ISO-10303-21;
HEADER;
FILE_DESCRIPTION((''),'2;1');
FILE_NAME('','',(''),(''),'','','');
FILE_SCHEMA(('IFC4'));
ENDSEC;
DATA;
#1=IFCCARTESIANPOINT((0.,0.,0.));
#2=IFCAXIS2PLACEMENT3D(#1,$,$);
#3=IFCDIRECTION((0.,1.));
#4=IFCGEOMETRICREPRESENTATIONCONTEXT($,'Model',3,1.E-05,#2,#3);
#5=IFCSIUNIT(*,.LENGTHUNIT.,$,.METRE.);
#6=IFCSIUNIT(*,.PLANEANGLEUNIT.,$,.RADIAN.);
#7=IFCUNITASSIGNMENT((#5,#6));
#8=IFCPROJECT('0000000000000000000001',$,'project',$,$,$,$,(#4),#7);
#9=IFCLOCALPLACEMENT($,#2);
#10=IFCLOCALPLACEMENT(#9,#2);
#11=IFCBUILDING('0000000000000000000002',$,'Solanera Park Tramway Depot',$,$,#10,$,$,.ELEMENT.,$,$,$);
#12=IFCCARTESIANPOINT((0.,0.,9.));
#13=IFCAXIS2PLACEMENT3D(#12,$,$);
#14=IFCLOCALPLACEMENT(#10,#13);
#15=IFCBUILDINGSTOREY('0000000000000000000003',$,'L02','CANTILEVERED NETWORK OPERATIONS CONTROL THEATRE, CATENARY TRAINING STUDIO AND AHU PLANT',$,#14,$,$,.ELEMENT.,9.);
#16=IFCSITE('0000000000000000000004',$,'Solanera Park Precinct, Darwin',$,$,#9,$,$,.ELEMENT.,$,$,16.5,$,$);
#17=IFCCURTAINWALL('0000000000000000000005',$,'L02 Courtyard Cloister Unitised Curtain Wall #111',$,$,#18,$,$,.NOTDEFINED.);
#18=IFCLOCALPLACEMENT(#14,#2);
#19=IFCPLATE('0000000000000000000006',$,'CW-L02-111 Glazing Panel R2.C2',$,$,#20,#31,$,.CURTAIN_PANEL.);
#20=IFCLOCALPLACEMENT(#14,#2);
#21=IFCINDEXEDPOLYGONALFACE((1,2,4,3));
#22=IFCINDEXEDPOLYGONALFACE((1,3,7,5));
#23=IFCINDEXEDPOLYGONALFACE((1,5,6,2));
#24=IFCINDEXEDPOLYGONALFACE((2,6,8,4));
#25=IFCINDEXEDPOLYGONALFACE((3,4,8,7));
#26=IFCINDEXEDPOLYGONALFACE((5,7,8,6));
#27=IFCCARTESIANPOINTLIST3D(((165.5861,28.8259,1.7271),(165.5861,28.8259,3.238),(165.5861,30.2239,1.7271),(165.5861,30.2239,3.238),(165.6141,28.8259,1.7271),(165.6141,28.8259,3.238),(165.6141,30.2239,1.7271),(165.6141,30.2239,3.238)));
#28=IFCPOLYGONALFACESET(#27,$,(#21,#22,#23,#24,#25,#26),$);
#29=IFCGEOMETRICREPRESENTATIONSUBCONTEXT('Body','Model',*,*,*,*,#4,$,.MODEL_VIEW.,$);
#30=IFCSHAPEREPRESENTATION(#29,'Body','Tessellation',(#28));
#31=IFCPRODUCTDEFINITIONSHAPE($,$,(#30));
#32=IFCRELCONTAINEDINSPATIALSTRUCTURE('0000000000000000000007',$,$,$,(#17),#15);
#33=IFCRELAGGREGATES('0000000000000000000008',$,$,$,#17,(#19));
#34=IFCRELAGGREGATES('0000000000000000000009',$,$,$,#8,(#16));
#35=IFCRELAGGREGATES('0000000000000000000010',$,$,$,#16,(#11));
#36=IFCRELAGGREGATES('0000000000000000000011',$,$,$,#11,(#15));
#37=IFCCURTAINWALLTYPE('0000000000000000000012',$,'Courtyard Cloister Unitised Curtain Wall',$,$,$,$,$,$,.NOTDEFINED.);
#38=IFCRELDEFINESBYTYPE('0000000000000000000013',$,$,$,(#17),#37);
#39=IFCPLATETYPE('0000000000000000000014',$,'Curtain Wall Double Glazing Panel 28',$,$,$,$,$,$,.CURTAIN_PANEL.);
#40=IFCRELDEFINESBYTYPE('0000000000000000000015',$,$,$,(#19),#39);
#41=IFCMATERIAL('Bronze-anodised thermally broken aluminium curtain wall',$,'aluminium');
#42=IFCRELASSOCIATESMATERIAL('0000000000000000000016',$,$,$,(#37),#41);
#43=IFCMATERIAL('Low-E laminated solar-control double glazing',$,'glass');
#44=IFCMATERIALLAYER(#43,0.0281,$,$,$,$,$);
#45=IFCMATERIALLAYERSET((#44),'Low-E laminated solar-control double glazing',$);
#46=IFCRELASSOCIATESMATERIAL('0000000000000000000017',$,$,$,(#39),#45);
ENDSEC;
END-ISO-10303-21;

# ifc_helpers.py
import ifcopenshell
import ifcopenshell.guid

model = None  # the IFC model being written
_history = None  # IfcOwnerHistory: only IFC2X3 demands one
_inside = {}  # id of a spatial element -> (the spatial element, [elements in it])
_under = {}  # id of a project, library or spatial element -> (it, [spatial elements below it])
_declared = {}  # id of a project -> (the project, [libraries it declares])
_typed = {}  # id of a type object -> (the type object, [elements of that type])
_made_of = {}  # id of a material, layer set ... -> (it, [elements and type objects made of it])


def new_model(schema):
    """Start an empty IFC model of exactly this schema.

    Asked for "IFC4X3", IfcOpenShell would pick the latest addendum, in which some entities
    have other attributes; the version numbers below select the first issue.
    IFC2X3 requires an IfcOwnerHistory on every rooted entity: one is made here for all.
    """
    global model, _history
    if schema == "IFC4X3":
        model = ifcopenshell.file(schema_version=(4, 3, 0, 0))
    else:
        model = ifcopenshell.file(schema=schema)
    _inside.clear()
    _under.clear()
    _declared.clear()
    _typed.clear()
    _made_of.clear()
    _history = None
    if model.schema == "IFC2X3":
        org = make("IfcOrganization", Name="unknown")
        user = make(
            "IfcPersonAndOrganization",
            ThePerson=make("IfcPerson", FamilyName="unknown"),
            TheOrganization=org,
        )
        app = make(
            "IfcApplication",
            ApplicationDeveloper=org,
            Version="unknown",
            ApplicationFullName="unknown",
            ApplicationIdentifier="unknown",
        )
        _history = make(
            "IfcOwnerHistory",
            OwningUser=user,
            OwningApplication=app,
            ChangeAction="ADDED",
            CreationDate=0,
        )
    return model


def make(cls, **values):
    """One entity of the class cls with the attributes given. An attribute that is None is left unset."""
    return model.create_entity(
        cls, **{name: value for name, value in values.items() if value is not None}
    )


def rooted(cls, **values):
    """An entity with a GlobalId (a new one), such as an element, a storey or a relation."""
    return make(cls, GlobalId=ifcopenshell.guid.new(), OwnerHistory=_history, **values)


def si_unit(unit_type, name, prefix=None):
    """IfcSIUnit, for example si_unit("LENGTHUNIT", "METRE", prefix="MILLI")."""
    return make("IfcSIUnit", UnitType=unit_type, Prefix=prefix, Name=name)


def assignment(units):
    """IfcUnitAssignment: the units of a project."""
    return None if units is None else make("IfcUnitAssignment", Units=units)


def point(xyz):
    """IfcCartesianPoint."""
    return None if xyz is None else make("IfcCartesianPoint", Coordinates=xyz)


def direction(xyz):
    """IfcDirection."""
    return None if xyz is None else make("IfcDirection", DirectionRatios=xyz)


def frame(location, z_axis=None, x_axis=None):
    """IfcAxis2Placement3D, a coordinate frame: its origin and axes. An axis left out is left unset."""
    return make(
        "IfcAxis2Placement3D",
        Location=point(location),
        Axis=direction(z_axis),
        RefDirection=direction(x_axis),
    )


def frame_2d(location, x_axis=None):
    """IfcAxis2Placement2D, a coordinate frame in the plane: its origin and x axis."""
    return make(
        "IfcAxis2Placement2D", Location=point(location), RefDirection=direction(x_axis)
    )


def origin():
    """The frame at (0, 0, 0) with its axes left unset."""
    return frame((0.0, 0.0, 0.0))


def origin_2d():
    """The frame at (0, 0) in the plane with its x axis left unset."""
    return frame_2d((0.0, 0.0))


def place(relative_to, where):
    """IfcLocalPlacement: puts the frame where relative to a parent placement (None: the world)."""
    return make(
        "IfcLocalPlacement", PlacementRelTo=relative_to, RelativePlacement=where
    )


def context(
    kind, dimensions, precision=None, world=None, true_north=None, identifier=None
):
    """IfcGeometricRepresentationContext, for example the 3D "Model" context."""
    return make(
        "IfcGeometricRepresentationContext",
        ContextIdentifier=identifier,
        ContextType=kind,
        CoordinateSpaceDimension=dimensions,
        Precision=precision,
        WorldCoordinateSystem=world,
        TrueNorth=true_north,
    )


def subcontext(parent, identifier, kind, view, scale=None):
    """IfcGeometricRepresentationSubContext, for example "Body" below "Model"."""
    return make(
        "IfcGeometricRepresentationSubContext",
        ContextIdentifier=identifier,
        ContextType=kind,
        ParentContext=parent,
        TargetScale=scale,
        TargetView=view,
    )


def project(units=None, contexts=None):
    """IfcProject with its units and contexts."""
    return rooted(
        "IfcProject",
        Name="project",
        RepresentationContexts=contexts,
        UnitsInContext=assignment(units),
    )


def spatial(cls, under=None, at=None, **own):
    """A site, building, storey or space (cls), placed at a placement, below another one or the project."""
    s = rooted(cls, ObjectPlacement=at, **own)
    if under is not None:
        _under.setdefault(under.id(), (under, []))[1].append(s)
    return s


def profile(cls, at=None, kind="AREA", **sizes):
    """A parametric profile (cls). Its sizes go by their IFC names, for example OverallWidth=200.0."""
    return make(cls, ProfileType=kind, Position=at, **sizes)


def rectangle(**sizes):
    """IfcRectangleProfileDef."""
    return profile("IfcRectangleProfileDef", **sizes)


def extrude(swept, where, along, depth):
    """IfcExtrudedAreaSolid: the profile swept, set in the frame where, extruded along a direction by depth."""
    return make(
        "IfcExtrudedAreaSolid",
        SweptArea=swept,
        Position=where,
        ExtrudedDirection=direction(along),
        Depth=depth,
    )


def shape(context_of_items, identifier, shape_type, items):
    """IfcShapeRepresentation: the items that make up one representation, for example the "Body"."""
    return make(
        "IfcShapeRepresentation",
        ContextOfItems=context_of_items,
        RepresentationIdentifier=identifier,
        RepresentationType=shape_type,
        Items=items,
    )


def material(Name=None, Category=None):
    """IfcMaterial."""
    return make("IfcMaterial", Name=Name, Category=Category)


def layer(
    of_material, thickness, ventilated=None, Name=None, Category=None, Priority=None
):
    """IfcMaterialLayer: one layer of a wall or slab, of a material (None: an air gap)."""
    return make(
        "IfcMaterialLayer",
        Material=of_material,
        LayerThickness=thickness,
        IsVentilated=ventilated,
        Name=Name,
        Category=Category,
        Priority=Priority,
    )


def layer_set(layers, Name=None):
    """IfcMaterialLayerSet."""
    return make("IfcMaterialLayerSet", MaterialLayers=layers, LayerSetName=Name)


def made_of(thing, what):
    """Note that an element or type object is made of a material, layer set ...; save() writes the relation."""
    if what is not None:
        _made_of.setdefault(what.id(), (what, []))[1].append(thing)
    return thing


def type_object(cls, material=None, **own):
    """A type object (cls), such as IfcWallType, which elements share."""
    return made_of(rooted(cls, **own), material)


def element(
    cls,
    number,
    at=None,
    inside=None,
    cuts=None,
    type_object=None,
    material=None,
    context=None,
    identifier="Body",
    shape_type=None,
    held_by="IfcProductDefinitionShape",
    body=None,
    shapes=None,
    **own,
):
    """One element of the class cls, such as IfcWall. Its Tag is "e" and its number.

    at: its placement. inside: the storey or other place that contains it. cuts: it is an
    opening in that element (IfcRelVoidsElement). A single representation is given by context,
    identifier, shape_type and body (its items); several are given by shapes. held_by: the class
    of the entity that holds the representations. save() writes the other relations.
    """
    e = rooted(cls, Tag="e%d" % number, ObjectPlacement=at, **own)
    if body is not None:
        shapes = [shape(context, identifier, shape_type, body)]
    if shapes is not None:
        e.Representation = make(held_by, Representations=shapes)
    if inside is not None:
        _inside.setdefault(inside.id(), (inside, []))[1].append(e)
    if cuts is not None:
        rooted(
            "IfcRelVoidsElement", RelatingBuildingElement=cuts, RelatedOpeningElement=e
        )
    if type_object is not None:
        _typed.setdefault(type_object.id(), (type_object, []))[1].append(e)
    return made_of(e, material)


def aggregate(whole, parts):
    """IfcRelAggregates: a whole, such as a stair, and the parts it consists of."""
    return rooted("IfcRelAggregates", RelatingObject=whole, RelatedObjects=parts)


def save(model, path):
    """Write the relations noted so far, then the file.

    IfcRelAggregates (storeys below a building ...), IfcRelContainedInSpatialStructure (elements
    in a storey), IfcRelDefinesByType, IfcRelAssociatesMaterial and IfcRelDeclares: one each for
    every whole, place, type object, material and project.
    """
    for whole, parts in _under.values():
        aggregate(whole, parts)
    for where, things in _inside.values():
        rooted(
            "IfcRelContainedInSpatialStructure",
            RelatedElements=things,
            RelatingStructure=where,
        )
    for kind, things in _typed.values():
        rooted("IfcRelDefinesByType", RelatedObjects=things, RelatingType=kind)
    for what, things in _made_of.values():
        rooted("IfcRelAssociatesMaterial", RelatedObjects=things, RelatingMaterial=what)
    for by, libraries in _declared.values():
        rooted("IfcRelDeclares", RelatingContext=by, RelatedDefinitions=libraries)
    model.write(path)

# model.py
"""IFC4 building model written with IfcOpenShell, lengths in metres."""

from ifc_helpers import new_model, si_unit, direction, frame, origin, origin_2d, place, context, subcontext, project, spatial, rectangle, extrude, material, layer, layer_set, type_object, element, aggregate, save


model = new_model("IFC4")

# Units and contexts
model_context = context("Model", 3, precision=1e-05, world=origin(), true_north=direction((0.0, 1.0)))
body_context = subcontext(model_context, "Body", "Model", "MODEL_VIEW")
ifc_project = project(units=[si_unit("LENGTHUNIT", "METRE"), si_unit("PLANEANGLEUNIT", "RADIAN")], contexts=[model_context])

# Site, building, storey
site_placement = place(None, origin())
site = spatial("IfcSite", under=ifc_project, at=site_placement, Name="Solanera Park Precinct, Darwin", CompositionType="ELEMENT", RefElevation=16.5)
building_placement = place(site_placement, origin())
building = spatial("IfcBuilding", under=site, at=building_placement, Name="Solanera Park Tramway Depot", CompositionType="ELEMENT")
storey_placement = place(building_placement, frame((0.0, 0.0, 9.0)))
storey = spatial("IfcBuildingStorey", under=building, at=storey_placement, Name="L02", Description="CANTILEVERED NETWORK OPERATIONS CONTROL THEATRE, CATENARY TRAINING STUDIO AND AHU PLANT", CompositionType="ELEMENT", Elevation=9.0)

# Curtain wall, plate
ifc_material_1 = material(Name="Bronze-anodised thermally broken aluminium curtain wall", Category="aluminium")
curtain_wall_type = type_object("IfcCurtainWallType", Name="Courtyard Cloister Unitised Curtain Wall", PredefinedType="NOTDEFINED", material=ifc_material_1)
curtain_wall_placement = place(storey_placement, origin())
curtain_wall = element("IfcCurtainWall", 1, at=curtain_wall_placement, inside=storey, type_object=curtain_wall_type, Name="L02 Courtyard Cloister Unitised Curtain Wall #111", PredefinedType="NOTDEFINED")
ifc_material_2 = material(Name="Low-E laminated solar-control double glazing", Category="glass")
ifc_layer = layer(ifc_material_2, 0.0281)
ifc_layer_set = layer_set([ifc_layer], Name="Low-E laminated solar-control double glazing")
plate_type = type_object("IfcPlateType", Name="Curtain Wall Double Glazing Panel 28", PredefinedType="CURTAIN_PANEL", material=ifc_layer_set)
plate_1_placement = place(storey_placement, frame((165.6001, 29.5249, 1.7271), z_axis=(0.0, 0.0, 1.0), x_axis=(0.0, -1.0, 0.0)))
plate_1 = element("IfcPlate", 2, at=plate_1_placement, type_object=plate_type, Name="CW-L02-111 Glazing Panel R2.C2", PredefinedType="CURTAIN_PANEL", context=body_context, shape_type="SweptSolid", body=[
    extrude(rectangle(XDim=1.3979, YDim=0.0281, at=origin_2d()), origin(), (0.0, 0.0, 1.0), 1.511),
])
aggregate(curtain_wall, [plate_1])

save(model, "model.ifc")
